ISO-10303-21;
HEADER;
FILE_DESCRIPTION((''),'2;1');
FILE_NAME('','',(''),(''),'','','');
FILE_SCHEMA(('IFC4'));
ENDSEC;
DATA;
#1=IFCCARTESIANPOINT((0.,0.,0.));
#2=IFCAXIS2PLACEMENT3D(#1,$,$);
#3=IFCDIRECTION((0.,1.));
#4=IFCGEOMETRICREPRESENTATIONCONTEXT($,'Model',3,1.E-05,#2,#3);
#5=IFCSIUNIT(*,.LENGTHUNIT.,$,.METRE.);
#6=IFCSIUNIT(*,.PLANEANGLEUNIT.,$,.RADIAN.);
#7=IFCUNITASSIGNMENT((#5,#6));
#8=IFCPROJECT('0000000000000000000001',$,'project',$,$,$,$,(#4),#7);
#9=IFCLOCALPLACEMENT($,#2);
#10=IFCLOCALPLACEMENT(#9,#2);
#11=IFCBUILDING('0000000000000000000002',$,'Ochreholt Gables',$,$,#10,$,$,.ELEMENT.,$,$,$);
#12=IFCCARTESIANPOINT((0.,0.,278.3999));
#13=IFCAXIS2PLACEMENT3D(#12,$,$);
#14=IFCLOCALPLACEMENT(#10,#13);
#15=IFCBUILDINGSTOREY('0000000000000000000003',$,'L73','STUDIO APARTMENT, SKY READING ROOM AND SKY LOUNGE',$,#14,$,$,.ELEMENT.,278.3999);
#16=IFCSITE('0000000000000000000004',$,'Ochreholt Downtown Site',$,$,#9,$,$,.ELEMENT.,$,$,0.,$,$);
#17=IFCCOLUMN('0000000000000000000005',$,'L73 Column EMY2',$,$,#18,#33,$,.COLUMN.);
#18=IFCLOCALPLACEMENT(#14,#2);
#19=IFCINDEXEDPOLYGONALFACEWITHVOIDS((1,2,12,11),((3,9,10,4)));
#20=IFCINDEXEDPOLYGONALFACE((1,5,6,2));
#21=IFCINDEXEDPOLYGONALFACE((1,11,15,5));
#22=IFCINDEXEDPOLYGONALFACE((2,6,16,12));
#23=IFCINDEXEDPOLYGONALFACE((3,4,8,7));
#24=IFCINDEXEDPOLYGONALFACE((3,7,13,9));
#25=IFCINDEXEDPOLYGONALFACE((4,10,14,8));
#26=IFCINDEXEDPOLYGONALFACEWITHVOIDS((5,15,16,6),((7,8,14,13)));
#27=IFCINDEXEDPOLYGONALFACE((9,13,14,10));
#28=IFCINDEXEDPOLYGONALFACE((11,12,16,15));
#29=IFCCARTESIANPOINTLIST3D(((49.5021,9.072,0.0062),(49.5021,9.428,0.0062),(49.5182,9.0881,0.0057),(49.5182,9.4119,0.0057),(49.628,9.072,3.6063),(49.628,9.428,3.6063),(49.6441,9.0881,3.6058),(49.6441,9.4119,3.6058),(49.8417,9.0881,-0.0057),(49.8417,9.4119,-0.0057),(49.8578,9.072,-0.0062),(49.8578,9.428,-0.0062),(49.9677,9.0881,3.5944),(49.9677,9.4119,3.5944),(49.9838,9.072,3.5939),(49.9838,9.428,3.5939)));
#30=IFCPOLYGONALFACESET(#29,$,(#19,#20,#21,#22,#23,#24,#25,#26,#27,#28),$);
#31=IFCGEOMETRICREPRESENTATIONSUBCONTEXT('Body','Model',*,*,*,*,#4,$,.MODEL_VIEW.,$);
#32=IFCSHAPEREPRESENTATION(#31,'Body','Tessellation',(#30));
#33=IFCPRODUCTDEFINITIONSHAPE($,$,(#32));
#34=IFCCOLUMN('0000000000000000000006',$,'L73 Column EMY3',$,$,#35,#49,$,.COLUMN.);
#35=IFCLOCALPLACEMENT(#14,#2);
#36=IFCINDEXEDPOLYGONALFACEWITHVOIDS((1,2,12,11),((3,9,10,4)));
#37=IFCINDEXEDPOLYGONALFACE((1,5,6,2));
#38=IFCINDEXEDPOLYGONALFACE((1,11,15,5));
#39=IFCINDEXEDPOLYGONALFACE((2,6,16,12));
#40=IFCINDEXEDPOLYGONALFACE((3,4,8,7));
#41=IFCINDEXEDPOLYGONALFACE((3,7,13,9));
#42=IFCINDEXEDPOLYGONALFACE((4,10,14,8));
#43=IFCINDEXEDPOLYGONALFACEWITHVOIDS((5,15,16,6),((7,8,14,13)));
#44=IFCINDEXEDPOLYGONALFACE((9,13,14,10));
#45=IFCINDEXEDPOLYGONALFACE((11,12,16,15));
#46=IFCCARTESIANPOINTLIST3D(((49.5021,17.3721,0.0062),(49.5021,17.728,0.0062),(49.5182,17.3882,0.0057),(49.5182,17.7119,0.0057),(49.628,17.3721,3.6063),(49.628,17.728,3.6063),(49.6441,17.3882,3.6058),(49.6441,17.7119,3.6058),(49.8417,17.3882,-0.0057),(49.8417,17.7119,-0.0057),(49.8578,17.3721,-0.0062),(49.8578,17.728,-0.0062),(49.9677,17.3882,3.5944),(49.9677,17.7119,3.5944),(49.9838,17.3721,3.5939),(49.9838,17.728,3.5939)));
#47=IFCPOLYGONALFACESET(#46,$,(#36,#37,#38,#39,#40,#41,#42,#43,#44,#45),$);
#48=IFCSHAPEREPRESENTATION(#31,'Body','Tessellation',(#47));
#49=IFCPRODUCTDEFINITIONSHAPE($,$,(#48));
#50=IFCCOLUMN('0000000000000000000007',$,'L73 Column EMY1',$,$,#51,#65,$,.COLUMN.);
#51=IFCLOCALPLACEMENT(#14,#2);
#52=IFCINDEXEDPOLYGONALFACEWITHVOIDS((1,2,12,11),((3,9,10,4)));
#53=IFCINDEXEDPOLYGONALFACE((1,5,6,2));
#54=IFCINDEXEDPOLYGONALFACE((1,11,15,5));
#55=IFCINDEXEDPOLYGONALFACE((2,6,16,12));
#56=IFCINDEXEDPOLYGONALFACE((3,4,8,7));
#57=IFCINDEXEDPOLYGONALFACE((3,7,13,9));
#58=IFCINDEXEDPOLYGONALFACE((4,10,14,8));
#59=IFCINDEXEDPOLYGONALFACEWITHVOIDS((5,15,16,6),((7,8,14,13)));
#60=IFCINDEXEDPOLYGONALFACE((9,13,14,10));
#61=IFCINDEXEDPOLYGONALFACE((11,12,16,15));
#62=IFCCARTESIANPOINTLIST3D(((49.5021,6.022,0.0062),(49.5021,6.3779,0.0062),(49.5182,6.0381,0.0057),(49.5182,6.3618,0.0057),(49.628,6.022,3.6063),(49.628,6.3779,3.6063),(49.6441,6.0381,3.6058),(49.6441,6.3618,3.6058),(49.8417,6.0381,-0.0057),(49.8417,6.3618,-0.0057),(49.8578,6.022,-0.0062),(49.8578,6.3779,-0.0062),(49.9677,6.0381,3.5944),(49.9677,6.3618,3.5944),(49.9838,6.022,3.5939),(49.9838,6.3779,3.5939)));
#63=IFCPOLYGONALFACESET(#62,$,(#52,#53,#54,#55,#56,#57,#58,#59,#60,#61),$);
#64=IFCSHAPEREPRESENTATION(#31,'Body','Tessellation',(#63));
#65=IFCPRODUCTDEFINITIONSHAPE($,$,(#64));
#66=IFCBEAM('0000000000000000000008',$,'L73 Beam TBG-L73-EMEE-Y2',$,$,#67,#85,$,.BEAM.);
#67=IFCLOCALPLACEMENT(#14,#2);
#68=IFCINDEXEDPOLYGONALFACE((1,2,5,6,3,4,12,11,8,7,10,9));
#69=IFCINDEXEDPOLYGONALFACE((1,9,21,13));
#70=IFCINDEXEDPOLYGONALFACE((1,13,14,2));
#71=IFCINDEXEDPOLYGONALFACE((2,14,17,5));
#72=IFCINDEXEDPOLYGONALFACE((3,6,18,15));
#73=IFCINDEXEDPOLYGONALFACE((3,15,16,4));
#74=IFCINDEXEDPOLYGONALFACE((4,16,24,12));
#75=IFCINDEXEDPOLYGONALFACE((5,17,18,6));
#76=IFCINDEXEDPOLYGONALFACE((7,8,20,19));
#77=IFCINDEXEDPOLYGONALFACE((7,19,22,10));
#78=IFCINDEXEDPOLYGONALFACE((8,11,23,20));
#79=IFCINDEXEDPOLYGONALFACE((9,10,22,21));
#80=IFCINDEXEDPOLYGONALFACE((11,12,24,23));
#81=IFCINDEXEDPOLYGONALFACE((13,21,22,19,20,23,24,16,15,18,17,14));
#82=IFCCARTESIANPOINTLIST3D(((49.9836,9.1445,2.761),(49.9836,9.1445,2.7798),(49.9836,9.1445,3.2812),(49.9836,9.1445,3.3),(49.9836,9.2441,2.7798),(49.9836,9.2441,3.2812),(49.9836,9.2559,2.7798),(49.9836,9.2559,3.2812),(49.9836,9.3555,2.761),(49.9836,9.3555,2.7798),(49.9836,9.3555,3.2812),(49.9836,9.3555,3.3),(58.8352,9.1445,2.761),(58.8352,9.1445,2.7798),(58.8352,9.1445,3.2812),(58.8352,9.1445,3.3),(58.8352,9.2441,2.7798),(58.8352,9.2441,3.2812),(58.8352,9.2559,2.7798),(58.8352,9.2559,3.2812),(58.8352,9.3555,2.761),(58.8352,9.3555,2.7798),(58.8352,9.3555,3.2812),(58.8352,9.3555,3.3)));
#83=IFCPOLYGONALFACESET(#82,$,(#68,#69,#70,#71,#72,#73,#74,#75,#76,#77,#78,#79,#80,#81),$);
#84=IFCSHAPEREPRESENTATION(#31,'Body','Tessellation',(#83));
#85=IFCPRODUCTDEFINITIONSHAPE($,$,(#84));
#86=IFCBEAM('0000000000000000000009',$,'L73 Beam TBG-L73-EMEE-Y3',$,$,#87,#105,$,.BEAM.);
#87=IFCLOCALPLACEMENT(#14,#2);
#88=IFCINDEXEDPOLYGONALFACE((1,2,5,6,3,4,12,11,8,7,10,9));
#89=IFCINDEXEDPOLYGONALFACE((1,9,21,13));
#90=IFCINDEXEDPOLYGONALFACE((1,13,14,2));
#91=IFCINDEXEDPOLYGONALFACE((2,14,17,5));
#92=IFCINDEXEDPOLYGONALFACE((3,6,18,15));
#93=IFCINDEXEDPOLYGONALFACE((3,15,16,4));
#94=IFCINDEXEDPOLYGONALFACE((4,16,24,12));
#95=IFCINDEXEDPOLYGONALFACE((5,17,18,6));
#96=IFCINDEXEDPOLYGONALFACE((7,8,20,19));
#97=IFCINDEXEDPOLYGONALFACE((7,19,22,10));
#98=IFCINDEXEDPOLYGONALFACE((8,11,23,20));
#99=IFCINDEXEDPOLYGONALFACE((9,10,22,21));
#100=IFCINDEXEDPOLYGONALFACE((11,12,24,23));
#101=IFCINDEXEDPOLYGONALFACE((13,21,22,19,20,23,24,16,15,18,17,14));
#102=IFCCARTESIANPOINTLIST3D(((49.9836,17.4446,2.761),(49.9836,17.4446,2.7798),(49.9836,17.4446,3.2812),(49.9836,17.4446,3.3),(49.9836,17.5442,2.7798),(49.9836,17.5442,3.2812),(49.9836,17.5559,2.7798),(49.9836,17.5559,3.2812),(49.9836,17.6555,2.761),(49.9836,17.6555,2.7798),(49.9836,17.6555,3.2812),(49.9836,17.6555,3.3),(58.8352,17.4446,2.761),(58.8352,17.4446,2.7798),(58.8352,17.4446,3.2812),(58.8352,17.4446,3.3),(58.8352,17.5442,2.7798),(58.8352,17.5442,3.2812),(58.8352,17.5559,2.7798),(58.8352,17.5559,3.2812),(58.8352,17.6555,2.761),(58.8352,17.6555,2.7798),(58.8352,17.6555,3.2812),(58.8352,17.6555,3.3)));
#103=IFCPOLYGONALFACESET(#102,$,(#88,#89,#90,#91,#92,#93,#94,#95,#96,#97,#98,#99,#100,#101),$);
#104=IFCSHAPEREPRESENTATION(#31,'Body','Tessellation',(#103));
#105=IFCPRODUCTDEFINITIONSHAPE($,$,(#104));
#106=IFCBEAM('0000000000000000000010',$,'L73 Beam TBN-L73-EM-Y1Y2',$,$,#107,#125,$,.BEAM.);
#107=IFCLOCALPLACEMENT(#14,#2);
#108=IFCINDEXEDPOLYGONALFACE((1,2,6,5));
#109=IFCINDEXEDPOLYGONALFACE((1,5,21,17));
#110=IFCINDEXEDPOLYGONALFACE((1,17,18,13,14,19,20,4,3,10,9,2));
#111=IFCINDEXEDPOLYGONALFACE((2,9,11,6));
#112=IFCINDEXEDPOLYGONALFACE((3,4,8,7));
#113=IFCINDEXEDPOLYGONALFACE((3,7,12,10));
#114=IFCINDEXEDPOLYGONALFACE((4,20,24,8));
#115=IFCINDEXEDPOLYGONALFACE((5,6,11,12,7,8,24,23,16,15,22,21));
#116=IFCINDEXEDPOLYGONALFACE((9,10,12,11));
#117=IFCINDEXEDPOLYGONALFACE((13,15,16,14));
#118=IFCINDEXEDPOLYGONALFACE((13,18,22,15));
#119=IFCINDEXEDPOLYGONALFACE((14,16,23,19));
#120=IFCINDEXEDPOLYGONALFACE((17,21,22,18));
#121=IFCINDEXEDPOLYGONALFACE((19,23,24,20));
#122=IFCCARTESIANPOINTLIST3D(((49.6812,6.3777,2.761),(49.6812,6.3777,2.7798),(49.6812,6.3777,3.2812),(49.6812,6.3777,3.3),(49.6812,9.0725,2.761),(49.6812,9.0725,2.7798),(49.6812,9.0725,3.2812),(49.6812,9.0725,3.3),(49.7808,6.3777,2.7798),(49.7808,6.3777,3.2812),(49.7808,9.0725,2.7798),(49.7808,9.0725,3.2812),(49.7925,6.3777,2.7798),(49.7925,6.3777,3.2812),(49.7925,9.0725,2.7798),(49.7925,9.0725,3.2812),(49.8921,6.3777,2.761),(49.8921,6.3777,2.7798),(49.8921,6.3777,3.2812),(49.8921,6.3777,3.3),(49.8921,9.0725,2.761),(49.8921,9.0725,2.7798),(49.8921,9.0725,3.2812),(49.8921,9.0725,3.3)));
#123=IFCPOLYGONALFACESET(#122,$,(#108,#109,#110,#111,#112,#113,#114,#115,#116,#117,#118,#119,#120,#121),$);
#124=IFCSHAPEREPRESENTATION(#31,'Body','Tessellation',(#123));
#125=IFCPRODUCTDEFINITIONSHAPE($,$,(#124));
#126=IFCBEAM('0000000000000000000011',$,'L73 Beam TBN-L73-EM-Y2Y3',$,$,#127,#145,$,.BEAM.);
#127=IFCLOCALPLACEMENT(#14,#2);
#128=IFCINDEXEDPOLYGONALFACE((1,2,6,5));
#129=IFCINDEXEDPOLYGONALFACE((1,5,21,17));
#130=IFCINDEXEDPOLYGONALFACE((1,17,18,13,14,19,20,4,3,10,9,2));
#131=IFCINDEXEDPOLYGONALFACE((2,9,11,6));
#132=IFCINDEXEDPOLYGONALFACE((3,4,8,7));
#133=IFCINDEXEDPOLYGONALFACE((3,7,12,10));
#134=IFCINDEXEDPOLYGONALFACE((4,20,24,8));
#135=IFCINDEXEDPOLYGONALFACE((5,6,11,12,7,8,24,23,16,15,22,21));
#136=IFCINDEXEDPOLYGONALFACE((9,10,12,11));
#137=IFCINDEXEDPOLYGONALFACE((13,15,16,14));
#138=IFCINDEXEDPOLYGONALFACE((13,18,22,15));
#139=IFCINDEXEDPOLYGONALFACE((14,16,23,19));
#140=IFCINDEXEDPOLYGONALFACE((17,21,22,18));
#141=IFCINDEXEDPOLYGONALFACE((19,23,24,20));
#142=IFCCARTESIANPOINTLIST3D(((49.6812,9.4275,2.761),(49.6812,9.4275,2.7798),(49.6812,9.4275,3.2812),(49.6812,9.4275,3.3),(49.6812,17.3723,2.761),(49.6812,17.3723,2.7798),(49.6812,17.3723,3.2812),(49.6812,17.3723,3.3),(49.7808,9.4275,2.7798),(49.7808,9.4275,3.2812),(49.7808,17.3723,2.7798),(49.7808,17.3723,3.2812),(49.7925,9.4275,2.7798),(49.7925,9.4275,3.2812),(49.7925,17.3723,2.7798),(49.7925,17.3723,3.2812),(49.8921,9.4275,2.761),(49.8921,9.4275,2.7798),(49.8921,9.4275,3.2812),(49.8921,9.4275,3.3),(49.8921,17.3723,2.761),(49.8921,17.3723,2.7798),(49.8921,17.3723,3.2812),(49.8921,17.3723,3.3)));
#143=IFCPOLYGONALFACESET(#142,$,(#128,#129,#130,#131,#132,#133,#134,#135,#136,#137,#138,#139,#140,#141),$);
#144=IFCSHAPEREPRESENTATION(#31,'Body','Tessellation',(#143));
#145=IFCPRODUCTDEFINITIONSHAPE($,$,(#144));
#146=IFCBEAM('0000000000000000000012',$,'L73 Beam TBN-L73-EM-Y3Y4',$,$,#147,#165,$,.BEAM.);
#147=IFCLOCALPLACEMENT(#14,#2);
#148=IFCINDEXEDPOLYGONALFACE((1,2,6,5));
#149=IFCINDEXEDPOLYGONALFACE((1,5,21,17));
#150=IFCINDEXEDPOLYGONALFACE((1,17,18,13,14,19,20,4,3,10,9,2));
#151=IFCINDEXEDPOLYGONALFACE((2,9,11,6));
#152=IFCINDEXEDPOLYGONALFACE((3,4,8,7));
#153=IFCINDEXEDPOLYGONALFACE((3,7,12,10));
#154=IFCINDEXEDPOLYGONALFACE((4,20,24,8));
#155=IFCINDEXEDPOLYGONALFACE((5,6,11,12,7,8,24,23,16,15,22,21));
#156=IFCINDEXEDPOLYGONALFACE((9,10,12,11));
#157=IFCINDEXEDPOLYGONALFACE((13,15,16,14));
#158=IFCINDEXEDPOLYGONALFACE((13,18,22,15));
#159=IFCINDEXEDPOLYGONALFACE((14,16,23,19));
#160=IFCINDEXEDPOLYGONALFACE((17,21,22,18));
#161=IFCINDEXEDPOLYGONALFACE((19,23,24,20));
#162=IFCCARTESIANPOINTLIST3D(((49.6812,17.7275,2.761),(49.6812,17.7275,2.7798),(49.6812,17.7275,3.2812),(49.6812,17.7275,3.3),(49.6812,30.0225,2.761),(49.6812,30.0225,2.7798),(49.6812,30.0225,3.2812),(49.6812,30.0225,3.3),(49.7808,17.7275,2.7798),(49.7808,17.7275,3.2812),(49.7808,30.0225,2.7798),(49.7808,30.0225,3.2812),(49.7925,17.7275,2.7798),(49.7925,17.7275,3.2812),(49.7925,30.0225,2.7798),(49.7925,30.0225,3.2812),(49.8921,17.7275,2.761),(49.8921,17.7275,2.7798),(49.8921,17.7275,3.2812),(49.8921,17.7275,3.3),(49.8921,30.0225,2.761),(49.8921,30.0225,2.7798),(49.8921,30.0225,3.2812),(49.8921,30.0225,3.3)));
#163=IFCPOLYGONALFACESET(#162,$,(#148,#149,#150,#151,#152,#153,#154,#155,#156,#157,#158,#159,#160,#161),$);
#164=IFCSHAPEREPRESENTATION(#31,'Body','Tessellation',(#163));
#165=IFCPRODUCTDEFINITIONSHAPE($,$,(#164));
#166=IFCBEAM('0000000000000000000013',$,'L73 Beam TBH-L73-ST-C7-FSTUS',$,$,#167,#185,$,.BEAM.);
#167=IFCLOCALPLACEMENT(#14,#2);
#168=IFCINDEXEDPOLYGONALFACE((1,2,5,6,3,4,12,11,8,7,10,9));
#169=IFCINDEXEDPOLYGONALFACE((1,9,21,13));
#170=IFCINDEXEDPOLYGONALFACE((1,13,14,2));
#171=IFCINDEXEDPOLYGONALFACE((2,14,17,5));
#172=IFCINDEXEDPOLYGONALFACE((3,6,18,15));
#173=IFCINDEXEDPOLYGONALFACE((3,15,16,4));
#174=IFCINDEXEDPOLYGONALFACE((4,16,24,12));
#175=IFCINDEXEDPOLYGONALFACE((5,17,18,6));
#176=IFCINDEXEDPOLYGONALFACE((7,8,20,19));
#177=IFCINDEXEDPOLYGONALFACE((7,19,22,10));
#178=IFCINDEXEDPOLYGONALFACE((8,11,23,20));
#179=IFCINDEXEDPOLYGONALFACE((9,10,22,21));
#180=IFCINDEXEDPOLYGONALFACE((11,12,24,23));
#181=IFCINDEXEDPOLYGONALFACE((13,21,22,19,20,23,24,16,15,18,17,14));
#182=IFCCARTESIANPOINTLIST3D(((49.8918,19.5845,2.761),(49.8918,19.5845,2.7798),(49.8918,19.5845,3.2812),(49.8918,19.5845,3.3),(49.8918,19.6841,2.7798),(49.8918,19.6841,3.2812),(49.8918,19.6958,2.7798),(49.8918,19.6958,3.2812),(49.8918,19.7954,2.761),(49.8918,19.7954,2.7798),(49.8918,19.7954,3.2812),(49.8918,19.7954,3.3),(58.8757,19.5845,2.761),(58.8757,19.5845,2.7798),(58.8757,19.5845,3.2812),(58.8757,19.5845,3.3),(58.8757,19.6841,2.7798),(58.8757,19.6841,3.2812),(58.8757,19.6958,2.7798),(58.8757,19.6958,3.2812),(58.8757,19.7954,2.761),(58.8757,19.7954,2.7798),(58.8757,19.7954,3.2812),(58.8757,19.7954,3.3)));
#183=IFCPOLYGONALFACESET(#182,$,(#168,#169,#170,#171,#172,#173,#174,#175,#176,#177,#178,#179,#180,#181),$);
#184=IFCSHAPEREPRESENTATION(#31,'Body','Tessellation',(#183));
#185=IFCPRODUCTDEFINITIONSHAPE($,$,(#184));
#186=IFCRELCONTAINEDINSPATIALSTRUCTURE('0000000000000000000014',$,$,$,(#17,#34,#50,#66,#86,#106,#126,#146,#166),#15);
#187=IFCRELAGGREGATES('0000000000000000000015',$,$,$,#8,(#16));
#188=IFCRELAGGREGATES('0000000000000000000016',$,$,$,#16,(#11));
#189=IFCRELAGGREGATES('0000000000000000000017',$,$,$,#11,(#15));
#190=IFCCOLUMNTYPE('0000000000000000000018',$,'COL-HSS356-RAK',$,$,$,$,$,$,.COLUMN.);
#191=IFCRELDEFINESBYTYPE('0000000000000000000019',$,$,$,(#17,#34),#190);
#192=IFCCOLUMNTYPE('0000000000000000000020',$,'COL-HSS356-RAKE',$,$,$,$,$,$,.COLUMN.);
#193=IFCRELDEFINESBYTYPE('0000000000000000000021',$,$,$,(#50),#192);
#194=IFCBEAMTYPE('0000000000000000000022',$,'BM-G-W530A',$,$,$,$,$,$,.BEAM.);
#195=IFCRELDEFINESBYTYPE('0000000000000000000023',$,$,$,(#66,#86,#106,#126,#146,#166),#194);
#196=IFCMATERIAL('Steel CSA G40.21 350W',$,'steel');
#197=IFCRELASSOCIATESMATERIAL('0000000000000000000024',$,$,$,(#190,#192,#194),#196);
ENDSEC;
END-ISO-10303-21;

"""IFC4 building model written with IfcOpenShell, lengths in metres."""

from ifc_helpers import new_model, si_unit, direction, frame, origin, origin_2d, place, context, subcontext, project, spatial, hollow_rectangle, i_section, extrude, material, material_profile, profile_set, type_object, element, save


model = new_model("IFC4")

# Units and contexts
model_context = context("Model", 3, precision=1e-05, world=origin(), true_north=direction((0.0, 1.0)))
body_context = subcontext(model_context, "Body", "Model", "MODEL_VIEW")
ifc_project = project(units=[si_unit("LENGTHUNIT", "METRE"), si_unit("PLANEANGLEUNIT", "RADIAN")], contexts=[model_context])

# Site, building, storey
site_placement = place(None, origin())
site = spatial("IfcSite", under=ifc_project, at=site_placement, Name="Ochreholt Downtown Site", CompositionType="ELEMENT", RefElevation=0.0)
building_placement = place(site_placement, origin())
building = spatial("IfcBuilding", under=site, at=building_placement, Name="Ochreholt Gables", CompositionType="ELEMENT")
storey_placement = place(building_placement, frame((0.0, 0.0, 278.3999)))
storey = spatial("IfcBuildingStorey", under=building, at=storey_placement, Name="L73", Description="STUDIO APARTMENT, SKY READING ROOM AND SKY LOUNGE", CompositionType="ELEMENT", Elevation=278.3999)

# Columns
ifc_material_1 = material(Name="Steel CSA G40.21 350W", Category="steel")
ifc_material_profile_1 = material_profile(ifc_material_1, hollow_rectangle(XDim=0.356, YDim=0.356, WallThickness=0.0161, at=origin_2d()), Name="HSS356X356X16")
ifc_profile_set_1 = profile_set([ifc_material_profile_1], Name="Steel CSA G40.21 350W")
column_type_1 = type_object("IfcColumnType", Name="COL-HSS356-RAK", PredefinedType="COLUMN", material=ifc_profile_set_1)
for number, where, z_axis, x_axis, name in (
    (1, (49.6799, 9.25, 0.0), (0.034971, 0.0, 0.999388), (0.0, 1.0, 0.0), "L73 Column EMY2"),
    (2, (49.6799, 17.55, 0.0), (0.034971, 0.0, 0.999388), (0.0, 1.0, 0.0), "L73 Column EMY3"),
):
    element("IfcColumn", number, at=place(storey_placement, frame(where, z_axis=z_axis, x_axis=x_axis)), inside=storey, type_object=column_type_1, Name=name, PredefinedType="COLUMN", context=body_context, shape_type="SweptSolid", body=[
        extrude(hollow_rectangle(XDim=0.356, YDim=0.356, WallThickness=0.0161, at=origin_2d()), origin(), (0.0, 0.0, 1.0), 3.6023),
    ])
ifc_material_profile_2 = material_profile(ifc_material_1, hollow_rectangle(XDim=0.356, YDim=0.356, WallThickness=0.0161, at=origin_2d()), Name="HSS356X356X16")
ifc_profile_set_2 = profile_set([ifc_material_profile_2], Name="Steel CSA G40.21 350W")
column_type_2 = type_object("IfcColumnType", Name="COL-HSS356-RAKE", PredefinedType="COLUMN", material=ifc_profile_set_2)
column_placement = place(storey_placement, frame((49.6799, 6.2, 0.0), z_axis=(0.034971, 0.0, 0.999388), x_axis=(0.0, 1.0, 0.0)))
element("IfcColumn", 3, at=column_placement, inside=storey, type_object=column_type_2, Name="L73 Column EMY1", PredefinedType="COLUMN", context=body_context, shape_type="SweptSolid", body=[
    extrude(hollow_rectangle(XDim=0.356, YDim=0.356, WallThickness=0.0161, at=origin_2d()), origin(), (0.0, 0.0, 1.0), 3.6023),
])

# Beams
ifc_material_profile_3 = material_profile(ifc_material_1, i_section(OverallWidth=0.2109, OverallDepth=0.5391, WebThickness=0.0117, FlangeThickness=0.0188, at=origin_2d()), Name="W530X109")
ifc_profile_set_3 = profile_set([ifc_material_profile_3], Name="Steel CSA G40.21 350W")
beam_type_1 = type_object("IfcBeamType", Name="BM-G-W530A", PredefinedType="BEAM", material=ifc_profile_set_3)
for number, where, z_axis, x_axis, name in (
    (4, (49.9836, 9.25, 3.0305), (1.0, 0.0, 0.0), (0.0, 1.0, 0.0), "L73 Beam TBG-L73-EMEE-Y2"),
    (5, (49.9836, 17.55, 3.0305), (1.0, 0.0, 0.0), (0.0, 1.0, 0.0), "L73 Beam TBG-L73-EMEE-Y3"),
):
    element("IfcBeam", number, at=place(storey_placement, frame(where, z_axis=z_axis, x_axis=x_axis)), inside=storey, type_object=beam_type_1, Name=name, PredefinedType="BEAM", context=body_context, shape_type="SweptSolid", body=[
        extrude(i_section(OverallWidth=0.2109, OverallDepth=0.5391, WebThickness=0.0117, FlangeThickness=0.0188, at=origin_2d()), origin(), (0.0, 0.0, 1.0), 8.8516),
    ])
beam_1_placement = place(storey_placement, frame((49.7866, 6.3777, 3.0305), z_axis=(0.0, 1.0, 0.0), x_axis=(-1.0, 0.0, 0.0)))
element("IfcBeam", 6, at=beam_1_placement, inside=storey, type_object=beam_type_1, Name="L73 Beam TBN-L73-EM-Y1Y2", PredefinedType="BEAM", context=body_context, shape_type="SweptSolid", body=[
    extrude(i_section(OverallWidth=0.2109, OverallDepth=0.5391, WebThickness=0.0117, FlangeThickness=0.0188, at=origin_2d()), origin(), (0.0, 0.0, 1.0), 2.6948),
])
beam_2_placement = place(storey_placement, frame((49.7866, 9.4275, 3.0305), z_axis=(0.0, 1.0, 0.0), x_axis=(-1.0, 0.0, 0.0)))
element("IfcBeam", 7, at=beam_2_placement, inside=storey, type_object=beam_type_1, Name="L73 Beam TBN-L73-EM-Y2Y3", PredefinedType="BEAM", context=body_context, shape_type="SweptSolid", body=[
    extrude(i_section(OverallWidth=0.2109, OverallDepth=0.5391, WebThickness=0.0117, FlangeThickness=0.0188, at=origin_2d()), origin(), (0.0, 0.0, 1.0), 7.9448),
])
beam_3_placement = place(storey_placement, frame((49.7866, 17.7275, 3.0305), z_axis=(0.0, 1.0, 0.0), x_axis=(-1.0, 0.0, 0.0)))
element("IfcBeam", 8, at=beam_3_placement, inside=storey, type_object=beam_type_1, Name="L73 Beam TBN-L73-EM-Y3Y4", PredefinedType="BEAM", context=body_context, shape_type="SweptSolid", body=[
    extrude(i_section(OverallWidth=0.2109, OverallDepth=0.5391, WebThickness=0.0117, FlangeThickness=0.0188, at=origin_2d()), origin(), (0.0, 0.0, 1.0), 12.2949),
])
beam_4_placement = place(storey_placement, frame((49.8918, 19.6899, 3.0305), z_axis=(1.0, 0.0, 0.0), x_axis=(0.0, 1.0, 0.0)))
element("IfcBeam", 9, at=beam_4_placement, inside=storey, type_object=beam_type_1, Name="L73 Beam TBH-L73-ST-C7-FSTUS", PredefinedType="BEAM", context=body_context, shape_type="SweptSolid", body=[
    extrude(i_section(OverallWidth=0.2109, OverallDepth=0.5391, WebThickness=0.0117, FlangeThickness=0.0188, at=origin_2d()), origin(), (0.0, 0.0, 1.0), 8.9839),
])

save(model, "model.ifc")
